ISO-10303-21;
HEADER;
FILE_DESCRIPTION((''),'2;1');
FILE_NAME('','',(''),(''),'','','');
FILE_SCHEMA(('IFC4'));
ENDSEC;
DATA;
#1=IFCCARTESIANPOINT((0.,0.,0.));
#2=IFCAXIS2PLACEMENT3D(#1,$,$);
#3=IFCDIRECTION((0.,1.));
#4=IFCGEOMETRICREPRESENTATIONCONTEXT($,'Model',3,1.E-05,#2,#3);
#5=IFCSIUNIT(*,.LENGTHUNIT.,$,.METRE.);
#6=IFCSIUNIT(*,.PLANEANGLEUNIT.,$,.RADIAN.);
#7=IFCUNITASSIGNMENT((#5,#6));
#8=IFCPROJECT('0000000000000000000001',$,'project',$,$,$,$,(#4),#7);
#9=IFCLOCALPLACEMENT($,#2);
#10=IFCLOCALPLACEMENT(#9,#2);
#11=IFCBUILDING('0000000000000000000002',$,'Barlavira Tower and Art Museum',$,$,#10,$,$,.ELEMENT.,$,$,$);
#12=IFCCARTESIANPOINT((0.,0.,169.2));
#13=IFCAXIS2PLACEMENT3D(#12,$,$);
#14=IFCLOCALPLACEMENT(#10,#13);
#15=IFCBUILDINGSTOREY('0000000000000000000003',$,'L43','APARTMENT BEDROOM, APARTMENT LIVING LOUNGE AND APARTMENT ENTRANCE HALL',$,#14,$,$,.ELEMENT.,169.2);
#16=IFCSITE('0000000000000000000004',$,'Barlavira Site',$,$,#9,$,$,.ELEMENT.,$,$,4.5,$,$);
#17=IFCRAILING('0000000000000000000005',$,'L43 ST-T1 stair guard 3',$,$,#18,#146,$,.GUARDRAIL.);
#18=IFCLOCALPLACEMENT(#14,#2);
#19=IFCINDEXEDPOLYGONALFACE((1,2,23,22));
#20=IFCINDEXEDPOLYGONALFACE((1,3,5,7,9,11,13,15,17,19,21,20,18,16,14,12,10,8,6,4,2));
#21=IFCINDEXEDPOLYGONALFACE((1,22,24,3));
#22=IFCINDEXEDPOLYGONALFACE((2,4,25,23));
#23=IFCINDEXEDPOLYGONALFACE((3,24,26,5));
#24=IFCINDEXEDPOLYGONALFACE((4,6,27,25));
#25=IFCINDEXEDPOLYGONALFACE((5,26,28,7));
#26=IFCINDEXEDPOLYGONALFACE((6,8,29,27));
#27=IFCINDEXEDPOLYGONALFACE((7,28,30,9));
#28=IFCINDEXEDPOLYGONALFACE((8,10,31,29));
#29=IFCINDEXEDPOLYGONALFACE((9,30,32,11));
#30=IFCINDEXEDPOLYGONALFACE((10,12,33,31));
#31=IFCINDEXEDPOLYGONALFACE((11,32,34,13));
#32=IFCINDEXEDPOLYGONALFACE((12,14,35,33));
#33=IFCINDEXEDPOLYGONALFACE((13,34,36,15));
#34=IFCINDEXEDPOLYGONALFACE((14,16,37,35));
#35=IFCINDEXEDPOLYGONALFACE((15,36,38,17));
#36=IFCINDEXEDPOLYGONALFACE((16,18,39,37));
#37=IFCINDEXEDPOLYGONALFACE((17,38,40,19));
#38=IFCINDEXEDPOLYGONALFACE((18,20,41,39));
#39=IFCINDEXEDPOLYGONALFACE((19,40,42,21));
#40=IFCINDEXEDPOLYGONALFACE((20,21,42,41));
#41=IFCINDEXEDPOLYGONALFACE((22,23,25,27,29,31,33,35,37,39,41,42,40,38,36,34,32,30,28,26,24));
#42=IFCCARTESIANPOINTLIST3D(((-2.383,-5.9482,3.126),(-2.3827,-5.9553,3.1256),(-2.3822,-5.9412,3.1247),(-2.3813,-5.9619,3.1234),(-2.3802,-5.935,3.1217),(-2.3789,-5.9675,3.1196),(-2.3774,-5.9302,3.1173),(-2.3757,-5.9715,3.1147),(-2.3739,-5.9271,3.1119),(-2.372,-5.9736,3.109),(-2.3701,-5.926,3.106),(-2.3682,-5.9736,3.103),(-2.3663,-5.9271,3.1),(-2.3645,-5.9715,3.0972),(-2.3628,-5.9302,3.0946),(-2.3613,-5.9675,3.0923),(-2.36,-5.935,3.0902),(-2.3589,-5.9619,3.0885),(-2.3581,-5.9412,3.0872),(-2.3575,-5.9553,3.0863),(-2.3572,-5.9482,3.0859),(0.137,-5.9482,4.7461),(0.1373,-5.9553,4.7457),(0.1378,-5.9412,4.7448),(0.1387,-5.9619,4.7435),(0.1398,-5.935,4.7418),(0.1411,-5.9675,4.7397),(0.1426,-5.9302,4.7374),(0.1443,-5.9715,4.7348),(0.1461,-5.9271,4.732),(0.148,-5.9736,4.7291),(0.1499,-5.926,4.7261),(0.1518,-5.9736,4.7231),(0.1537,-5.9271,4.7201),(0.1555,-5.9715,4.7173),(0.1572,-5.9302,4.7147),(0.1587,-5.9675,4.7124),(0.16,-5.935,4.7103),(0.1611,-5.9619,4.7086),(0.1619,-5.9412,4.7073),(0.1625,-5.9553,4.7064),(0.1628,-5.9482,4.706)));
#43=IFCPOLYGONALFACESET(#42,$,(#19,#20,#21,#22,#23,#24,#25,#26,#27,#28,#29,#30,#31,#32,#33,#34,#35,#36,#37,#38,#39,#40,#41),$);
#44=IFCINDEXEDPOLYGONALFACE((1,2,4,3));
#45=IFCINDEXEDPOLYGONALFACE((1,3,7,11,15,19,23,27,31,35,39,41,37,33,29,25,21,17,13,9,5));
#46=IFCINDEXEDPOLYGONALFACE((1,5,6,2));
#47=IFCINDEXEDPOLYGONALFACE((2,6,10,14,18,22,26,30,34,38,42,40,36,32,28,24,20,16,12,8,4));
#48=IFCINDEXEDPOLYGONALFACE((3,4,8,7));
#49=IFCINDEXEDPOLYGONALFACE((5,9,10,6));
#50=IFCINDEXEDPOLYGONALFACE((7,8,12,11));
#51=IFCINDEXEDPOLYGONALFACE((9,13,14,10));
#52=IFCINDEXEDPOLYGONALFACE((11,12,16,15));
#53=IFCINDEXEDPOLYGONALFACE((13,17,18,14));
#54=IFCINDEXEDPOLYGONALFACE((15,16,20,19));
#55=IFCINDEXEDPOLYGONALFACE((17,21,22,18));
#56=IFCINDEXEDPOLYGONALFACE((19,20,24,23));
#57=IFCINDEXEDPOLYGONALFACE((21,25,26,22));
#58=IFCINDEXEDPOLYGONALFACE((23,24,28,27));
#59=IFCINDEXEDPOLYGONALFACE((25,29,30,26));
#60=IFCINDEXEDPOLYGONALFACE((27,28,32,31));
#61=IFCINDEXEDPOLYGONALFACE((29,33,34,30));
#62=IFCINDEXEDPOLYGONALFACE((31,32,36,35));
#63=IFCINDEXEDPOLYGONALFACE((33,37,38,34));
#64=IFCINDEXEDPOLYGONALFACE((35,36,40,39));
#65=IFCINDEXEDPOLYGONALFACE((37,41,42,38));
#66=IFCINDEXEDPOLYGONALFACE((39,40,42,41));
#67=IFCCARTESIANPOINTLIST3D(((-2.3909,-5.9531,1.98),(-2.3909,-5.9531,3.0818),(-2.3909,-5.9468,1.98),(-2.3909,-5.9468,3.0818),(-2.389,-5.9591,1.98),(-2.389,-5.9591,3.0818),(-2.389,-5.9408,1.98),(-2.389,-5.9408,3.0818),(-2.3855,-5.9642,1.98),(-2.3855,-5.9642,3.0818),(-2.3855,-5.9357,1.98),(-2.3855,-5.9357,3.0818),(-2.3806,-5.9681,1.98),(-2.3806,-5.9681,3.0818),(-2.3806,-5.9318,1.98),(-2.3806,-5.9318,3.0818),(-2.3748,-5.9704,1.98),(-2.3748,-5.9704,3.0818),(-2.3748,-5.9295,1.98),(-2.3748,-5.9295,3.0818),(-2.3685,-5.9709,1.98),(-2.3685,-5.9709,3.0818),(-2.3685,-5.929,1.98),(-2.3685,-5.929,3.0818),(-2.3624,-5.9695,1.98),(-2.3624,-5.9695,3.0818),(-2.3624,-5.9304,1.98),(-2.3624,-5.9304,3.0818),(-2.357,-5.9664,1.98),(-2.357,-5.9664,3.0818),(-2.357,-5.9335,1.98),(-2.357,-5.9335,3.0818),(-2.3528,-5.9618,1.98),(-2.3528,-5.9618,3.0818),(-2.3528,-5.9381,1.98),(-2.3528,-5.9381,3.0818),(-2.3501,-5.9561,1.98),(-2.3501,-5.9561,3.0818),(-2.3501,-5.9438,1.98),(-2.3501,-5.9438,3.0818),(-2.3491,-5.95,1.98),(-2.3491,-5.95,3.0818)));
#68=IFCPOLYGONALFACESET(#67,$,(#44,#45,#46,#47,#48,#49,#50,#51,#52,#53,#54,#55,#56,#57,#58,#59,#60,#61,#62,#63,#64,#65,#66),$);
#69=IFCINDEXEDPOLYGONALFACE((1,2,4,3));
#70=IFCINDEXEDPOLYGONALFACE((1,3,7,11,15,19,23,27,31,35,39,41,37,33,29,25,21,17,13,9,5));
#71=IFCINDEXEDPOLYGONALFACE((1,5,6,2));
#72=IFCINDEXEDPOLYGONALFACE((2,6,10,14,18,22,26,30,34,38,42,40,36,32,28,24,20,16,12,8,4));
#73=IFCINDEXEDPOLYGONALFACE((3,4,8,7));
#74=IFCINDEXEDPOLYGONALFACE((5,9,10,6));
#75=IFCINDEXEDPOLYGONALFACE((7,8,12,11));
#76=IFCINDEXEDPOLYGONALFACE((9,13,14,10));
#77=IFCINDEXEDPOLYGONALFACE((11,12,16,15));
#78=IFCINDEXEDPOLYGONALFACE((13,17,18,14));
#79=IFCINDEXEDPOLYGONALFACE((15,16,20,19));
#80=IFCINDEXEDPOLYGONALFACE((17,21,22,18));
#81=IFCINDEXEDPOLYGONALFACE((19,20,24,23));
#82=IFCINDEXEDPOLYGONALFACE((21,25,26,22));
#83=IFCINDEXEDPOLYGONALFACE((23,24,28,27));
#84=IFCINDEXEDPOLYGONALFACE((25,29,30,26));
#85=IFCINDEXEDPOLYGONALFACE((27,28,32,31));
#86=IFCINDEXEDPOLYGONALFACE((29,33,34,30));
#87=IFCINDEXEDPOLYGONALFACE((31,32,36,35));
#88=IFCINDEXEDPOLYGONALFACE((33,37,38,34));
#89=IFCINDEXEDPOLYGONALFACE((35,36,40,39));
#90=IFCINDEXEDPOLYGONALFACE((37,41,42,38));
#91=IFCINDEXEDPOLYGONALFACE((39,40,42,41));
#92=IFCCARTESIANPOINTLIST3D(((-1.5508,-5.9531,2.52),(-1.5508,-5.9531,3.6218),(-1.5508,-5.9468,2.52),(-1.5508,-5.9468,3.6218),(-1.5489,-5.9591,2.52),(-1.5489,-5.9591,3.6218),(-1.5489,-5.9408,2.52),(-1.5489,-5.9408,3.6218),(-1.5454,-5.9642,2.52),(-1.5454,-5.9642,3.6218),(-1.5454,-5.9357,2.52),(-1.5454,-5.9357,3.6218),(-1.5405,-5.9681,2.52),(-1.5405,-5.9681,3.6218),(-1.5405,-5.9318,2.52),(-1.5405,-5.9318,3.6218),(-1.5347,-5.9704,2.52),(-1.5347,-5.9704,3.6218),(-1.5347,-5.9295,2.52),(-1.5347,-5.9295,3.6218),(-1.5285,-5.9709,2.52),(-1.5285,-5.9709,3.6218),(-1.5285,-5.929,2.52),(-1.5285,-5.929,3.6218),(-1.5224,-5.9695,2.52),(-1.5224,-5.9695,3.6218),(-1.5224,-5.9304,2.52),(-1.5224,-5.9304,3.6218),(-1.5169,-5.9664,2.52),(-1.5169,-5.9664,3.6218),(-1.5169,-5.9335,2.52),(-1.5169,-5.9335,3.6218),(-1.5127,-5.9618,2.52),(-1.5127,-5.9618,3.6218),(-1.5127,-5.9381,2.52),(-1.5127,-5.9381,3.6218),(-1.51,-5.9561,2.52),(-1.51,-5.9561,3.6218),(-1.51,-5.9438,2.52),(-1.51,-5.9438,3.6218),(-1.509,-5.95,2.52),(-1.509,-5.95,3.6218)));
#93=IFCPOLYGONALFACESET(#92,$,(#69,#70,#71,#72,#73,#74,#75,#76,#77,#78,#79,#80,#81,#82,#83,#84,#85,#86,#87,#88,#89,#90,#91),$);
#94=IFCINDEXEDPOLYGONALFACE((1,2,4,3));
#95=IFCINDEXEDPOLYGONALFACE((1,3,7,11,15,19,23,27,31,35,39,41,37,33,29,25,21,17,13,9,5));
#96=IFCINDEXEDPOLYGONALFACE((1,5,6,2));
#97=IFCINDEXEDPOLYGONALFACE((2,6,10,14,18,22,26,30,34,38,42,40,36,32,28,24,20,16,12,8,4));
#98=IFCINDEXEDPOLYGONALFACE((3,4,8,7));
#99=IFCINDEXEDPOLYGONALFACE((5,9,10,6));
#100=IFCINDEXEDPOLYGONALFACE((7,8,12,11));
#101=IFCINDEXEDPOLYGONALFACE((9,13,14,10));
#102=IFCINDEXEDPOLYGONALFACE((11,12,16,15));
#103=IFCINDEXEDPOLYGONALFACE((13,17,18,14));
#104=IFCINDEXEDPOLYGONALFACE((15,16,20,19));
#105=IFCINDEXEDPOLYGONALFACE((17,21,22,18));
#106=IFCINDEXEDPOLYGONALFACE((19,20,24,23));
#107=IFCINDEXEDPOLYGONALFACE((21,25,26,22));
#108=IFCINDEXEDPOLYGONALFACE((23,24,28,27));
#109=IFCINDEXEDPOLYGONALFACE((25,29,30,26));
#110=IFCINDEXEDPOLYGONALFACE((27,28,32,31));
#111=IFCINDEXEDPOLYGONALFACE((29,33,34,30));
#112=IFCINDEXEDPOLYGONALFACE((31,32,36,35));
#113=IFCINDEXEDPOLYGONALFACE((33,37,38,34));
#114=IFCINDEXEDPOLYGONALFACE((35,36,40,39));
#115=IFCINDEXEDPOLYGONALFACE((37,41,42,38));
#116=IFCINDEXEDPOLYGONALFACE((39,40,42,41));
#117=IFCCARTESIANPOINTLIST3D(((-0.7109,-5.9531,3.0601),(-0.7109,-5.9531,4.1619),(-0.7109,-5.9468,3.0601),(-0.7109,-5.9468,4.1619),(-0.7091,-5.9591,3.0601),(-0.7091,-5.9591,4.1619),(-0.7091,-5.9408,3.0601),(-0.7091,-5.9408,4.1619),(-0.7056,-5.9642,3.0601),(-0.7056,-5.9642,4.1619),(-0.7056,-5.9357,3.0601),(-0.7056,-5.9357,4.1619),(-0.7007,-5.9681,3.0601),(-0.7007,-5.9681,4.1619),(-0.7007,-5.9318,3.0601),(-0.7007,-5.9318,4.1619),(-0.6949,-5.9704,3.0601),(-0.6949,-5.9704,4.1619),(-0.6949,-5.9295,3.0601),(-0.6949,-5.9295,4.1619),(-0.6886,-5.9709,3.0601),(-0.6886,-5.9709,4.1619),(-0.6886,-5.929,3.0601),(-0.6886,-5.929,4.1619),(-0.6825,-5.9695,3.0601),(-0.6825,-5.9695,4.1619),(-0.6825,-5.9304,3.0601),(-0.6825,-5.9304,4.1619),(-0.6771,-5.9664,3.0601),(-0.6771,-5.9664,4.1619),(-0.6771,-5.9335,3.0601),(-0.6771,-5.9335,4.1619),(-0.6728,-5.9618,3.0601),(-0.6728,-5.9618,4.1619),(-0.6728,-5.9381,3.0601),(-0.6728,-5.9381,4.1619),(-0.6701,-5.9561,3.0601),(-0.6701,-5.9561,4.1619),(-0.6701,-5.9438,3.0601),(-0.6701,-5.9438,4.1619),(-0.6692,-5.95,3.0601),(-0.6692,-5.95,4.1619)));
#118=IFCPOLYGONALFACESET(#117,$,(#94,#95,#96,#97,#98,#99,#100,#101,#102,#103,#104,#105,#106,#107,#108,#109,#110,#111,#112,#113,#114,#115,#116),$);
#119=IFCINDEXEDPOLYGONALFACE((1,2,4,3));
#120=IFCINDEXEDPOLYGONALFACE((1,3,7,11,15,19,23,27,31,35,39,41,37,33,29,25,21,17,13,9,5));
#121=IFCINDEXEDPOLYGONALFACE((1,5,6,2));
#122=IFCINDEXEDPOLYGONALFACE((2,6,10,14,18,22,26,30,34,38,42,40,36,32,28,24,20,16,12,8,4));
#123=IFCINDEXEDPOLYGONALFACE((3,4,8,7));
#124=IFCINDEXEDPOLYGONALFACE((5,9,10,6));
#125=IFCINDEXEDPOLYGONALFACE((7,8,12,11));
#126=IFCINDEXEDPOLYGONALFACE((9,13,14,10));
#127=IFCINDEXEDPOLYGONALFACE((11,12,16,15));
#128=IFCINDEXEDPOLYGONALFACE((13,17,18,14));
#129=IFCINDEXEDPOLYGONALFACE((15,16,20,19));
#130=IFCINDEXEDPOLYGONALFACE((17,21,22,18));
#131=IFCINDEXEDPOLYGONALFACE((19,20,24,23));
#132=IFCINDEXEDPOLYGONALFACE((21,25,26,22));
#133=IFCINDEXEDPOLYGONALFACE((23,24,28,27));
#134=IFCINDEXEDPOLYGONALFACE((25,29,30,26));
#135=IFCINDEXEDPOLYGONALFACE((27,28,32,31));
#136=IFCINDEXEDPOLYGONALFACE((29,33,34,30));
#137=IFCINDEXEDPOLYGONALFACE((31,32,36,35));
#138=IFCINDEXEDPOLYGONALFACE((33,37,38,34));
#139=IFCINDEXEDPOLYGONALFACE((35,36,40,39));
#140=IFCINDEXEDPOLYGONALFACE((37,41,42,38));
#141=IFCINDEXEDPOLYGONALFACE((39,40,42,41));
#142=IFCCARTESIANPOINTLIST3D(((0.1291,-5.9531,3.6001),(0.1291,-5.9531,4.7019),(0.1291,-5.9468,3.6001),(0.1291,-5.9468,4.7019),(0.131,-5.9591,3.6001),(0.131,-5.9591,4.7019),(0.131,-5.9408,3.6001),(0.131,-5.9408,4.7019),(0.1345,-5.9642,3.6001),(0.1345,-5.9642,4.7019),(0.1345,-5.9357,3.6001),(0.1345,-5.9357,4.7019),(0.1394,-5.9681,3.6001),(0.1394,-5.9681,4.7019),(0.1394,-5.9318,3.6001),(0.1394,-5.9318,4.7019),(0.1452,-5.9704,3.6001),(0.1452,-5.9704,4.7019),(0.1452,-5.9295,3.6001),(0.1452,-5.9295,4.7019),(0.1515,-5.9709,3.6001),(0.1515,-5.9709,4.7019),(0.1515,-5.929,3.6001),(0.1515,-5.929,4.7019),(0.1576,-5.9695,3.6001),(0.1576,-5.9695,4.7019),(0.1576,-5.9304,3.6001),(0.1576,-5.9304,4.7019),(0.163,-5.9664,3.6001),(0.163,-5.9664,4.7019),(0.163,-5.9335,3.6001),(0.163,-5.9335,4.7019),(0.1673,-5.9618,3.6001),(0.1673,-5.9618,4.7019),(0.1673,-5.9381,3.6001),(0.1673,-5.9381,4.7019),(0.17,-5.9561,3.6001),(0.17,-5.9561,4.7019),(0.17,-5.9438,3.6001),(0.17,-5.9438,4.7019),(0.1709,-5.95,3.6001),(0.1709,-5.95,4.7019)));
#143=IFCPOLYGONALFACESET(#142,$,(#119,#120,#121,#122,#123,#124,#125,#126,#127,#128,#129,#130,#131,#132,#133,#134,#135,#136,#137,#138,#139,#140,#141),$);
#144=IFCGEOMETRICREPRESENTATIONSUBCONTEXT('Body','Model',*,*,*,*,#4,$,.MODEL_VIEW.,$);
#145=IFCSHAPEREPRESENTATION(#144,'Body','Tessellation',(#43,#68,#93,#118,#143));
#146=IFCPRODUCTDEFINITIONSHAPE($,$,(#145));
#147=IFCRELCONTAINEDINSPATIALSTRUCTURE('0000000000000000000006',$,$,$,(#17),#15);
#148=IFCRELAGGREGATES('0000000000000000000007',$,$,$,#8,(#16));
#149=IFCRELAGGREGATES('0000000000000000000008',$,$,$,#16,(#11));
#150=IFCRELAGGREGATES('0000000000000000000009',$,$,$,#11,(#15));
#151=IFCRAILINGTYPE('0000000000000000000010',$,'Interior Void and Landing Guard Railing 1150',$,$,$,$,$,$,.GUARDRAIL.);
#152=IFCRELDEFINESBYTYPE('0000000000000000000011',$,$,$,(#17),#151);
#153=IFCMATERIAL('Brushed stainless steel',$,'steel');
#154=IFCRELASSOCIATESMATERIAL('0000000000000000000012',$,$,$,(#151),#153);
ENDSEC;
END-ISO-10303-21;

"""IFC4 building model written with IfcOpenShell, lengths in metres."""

from ifc_helpers import new_model, si_unit, direction, frame, origin, origin_2d, place, context, subcontext, project, spatial, circle, extrude, material, type_object, element, save


model = new_model("IFC4")

# Units and contexts
model_context = context("Model", 3, precision=1e-05, world=origin(), true_north=direction((0.0, 1.0)))
body_context = subcontext(model_context, "Body", "Model", "MODEL_VIEW")
ifc_project = project(units=[si_unit("LENGTHUNIT", "METRE"), si_unit("PLANEANGLEUNIT", "RADIAN")], contexts=[model_context])

# Site, building, storey
site_placement = place(None, origin())
site = spatial("IfcSite", under=ifc_project, at=site_placement, Name="Barlavira Site", CompositionType="ELEMENT", RefElevation=4.5)
building_placement = place(site_placement, origin())
building = spatial("IfcBuilding", under=site, at=building_placement, Name="Barlavira Tower and Art Museum", CompositionType="ELEMENT")
storey_placement = place(building_placement, frame((0.0, 0.0, 169.2)))
storey = spatial("IfcBuildingStorey", under=building, at=storey_placement, Name="L43", Description="APARTMENT BEDROOM, APARTMENT LIVING LOUNGE AND APARTMENT ENTRANCE HALL", CompositionType="ELEMENT", Elevation=169.2)

# Shared definitions
ifc_material_1 = material(Name="Brushed stainless steel", Category="steel")

# Railing
railing_type_1 = type_object("IfcRailingType", Name="Interior Void and Landing Guard Railing 1150", PredefinedType="GUARDRAIL", material=ifc_material_1)
railing_1_placement = place(storey_placement, frame((-2.3701, -5.95, 1.98)))
element("IfcRailing", 1, at=railing_1_placement, inside=storey, type_object=railing_type_1, Name="L43 ST-T1 stair guard 3", PredefinedType="GUARDRAIL", context=body_context, shape_type="SweptSolid", body=[
    extrude(circle(Radius=0.0239, at=origin_2d()), frame((0.0, 0.0, 1.126), z_axis=(0.841163, 0.0, 0.540782), x_axis=(0.0, 1.0, 0.0)), (0.0, 0.0, 1.0), 2.9958),
    extrude(circle(Radius=0.021, at=origin_2d()), origin(), (0.0, 0.0, 1.0), 1.1018),
    extrude(circle(Radius=0.021, at=origin_2d()), frame((0.8401, 0.0, 0.54)), (0.0, 0.0, 1.0), 1.1018),
    extrude(circle(Radius=0.021, at=origin_2d()), frame((1.6799, 0.0, 1.0801)), (0.0, 0.0, 1.0), 1.1018),
    extrude(circle(Radius=0.021, at=origin_2d()), frame((2.52, 0.0, 1.6201)), (0.0, 0.0, 1.0), 1.1018),
])

save(model, "model.ifc")
